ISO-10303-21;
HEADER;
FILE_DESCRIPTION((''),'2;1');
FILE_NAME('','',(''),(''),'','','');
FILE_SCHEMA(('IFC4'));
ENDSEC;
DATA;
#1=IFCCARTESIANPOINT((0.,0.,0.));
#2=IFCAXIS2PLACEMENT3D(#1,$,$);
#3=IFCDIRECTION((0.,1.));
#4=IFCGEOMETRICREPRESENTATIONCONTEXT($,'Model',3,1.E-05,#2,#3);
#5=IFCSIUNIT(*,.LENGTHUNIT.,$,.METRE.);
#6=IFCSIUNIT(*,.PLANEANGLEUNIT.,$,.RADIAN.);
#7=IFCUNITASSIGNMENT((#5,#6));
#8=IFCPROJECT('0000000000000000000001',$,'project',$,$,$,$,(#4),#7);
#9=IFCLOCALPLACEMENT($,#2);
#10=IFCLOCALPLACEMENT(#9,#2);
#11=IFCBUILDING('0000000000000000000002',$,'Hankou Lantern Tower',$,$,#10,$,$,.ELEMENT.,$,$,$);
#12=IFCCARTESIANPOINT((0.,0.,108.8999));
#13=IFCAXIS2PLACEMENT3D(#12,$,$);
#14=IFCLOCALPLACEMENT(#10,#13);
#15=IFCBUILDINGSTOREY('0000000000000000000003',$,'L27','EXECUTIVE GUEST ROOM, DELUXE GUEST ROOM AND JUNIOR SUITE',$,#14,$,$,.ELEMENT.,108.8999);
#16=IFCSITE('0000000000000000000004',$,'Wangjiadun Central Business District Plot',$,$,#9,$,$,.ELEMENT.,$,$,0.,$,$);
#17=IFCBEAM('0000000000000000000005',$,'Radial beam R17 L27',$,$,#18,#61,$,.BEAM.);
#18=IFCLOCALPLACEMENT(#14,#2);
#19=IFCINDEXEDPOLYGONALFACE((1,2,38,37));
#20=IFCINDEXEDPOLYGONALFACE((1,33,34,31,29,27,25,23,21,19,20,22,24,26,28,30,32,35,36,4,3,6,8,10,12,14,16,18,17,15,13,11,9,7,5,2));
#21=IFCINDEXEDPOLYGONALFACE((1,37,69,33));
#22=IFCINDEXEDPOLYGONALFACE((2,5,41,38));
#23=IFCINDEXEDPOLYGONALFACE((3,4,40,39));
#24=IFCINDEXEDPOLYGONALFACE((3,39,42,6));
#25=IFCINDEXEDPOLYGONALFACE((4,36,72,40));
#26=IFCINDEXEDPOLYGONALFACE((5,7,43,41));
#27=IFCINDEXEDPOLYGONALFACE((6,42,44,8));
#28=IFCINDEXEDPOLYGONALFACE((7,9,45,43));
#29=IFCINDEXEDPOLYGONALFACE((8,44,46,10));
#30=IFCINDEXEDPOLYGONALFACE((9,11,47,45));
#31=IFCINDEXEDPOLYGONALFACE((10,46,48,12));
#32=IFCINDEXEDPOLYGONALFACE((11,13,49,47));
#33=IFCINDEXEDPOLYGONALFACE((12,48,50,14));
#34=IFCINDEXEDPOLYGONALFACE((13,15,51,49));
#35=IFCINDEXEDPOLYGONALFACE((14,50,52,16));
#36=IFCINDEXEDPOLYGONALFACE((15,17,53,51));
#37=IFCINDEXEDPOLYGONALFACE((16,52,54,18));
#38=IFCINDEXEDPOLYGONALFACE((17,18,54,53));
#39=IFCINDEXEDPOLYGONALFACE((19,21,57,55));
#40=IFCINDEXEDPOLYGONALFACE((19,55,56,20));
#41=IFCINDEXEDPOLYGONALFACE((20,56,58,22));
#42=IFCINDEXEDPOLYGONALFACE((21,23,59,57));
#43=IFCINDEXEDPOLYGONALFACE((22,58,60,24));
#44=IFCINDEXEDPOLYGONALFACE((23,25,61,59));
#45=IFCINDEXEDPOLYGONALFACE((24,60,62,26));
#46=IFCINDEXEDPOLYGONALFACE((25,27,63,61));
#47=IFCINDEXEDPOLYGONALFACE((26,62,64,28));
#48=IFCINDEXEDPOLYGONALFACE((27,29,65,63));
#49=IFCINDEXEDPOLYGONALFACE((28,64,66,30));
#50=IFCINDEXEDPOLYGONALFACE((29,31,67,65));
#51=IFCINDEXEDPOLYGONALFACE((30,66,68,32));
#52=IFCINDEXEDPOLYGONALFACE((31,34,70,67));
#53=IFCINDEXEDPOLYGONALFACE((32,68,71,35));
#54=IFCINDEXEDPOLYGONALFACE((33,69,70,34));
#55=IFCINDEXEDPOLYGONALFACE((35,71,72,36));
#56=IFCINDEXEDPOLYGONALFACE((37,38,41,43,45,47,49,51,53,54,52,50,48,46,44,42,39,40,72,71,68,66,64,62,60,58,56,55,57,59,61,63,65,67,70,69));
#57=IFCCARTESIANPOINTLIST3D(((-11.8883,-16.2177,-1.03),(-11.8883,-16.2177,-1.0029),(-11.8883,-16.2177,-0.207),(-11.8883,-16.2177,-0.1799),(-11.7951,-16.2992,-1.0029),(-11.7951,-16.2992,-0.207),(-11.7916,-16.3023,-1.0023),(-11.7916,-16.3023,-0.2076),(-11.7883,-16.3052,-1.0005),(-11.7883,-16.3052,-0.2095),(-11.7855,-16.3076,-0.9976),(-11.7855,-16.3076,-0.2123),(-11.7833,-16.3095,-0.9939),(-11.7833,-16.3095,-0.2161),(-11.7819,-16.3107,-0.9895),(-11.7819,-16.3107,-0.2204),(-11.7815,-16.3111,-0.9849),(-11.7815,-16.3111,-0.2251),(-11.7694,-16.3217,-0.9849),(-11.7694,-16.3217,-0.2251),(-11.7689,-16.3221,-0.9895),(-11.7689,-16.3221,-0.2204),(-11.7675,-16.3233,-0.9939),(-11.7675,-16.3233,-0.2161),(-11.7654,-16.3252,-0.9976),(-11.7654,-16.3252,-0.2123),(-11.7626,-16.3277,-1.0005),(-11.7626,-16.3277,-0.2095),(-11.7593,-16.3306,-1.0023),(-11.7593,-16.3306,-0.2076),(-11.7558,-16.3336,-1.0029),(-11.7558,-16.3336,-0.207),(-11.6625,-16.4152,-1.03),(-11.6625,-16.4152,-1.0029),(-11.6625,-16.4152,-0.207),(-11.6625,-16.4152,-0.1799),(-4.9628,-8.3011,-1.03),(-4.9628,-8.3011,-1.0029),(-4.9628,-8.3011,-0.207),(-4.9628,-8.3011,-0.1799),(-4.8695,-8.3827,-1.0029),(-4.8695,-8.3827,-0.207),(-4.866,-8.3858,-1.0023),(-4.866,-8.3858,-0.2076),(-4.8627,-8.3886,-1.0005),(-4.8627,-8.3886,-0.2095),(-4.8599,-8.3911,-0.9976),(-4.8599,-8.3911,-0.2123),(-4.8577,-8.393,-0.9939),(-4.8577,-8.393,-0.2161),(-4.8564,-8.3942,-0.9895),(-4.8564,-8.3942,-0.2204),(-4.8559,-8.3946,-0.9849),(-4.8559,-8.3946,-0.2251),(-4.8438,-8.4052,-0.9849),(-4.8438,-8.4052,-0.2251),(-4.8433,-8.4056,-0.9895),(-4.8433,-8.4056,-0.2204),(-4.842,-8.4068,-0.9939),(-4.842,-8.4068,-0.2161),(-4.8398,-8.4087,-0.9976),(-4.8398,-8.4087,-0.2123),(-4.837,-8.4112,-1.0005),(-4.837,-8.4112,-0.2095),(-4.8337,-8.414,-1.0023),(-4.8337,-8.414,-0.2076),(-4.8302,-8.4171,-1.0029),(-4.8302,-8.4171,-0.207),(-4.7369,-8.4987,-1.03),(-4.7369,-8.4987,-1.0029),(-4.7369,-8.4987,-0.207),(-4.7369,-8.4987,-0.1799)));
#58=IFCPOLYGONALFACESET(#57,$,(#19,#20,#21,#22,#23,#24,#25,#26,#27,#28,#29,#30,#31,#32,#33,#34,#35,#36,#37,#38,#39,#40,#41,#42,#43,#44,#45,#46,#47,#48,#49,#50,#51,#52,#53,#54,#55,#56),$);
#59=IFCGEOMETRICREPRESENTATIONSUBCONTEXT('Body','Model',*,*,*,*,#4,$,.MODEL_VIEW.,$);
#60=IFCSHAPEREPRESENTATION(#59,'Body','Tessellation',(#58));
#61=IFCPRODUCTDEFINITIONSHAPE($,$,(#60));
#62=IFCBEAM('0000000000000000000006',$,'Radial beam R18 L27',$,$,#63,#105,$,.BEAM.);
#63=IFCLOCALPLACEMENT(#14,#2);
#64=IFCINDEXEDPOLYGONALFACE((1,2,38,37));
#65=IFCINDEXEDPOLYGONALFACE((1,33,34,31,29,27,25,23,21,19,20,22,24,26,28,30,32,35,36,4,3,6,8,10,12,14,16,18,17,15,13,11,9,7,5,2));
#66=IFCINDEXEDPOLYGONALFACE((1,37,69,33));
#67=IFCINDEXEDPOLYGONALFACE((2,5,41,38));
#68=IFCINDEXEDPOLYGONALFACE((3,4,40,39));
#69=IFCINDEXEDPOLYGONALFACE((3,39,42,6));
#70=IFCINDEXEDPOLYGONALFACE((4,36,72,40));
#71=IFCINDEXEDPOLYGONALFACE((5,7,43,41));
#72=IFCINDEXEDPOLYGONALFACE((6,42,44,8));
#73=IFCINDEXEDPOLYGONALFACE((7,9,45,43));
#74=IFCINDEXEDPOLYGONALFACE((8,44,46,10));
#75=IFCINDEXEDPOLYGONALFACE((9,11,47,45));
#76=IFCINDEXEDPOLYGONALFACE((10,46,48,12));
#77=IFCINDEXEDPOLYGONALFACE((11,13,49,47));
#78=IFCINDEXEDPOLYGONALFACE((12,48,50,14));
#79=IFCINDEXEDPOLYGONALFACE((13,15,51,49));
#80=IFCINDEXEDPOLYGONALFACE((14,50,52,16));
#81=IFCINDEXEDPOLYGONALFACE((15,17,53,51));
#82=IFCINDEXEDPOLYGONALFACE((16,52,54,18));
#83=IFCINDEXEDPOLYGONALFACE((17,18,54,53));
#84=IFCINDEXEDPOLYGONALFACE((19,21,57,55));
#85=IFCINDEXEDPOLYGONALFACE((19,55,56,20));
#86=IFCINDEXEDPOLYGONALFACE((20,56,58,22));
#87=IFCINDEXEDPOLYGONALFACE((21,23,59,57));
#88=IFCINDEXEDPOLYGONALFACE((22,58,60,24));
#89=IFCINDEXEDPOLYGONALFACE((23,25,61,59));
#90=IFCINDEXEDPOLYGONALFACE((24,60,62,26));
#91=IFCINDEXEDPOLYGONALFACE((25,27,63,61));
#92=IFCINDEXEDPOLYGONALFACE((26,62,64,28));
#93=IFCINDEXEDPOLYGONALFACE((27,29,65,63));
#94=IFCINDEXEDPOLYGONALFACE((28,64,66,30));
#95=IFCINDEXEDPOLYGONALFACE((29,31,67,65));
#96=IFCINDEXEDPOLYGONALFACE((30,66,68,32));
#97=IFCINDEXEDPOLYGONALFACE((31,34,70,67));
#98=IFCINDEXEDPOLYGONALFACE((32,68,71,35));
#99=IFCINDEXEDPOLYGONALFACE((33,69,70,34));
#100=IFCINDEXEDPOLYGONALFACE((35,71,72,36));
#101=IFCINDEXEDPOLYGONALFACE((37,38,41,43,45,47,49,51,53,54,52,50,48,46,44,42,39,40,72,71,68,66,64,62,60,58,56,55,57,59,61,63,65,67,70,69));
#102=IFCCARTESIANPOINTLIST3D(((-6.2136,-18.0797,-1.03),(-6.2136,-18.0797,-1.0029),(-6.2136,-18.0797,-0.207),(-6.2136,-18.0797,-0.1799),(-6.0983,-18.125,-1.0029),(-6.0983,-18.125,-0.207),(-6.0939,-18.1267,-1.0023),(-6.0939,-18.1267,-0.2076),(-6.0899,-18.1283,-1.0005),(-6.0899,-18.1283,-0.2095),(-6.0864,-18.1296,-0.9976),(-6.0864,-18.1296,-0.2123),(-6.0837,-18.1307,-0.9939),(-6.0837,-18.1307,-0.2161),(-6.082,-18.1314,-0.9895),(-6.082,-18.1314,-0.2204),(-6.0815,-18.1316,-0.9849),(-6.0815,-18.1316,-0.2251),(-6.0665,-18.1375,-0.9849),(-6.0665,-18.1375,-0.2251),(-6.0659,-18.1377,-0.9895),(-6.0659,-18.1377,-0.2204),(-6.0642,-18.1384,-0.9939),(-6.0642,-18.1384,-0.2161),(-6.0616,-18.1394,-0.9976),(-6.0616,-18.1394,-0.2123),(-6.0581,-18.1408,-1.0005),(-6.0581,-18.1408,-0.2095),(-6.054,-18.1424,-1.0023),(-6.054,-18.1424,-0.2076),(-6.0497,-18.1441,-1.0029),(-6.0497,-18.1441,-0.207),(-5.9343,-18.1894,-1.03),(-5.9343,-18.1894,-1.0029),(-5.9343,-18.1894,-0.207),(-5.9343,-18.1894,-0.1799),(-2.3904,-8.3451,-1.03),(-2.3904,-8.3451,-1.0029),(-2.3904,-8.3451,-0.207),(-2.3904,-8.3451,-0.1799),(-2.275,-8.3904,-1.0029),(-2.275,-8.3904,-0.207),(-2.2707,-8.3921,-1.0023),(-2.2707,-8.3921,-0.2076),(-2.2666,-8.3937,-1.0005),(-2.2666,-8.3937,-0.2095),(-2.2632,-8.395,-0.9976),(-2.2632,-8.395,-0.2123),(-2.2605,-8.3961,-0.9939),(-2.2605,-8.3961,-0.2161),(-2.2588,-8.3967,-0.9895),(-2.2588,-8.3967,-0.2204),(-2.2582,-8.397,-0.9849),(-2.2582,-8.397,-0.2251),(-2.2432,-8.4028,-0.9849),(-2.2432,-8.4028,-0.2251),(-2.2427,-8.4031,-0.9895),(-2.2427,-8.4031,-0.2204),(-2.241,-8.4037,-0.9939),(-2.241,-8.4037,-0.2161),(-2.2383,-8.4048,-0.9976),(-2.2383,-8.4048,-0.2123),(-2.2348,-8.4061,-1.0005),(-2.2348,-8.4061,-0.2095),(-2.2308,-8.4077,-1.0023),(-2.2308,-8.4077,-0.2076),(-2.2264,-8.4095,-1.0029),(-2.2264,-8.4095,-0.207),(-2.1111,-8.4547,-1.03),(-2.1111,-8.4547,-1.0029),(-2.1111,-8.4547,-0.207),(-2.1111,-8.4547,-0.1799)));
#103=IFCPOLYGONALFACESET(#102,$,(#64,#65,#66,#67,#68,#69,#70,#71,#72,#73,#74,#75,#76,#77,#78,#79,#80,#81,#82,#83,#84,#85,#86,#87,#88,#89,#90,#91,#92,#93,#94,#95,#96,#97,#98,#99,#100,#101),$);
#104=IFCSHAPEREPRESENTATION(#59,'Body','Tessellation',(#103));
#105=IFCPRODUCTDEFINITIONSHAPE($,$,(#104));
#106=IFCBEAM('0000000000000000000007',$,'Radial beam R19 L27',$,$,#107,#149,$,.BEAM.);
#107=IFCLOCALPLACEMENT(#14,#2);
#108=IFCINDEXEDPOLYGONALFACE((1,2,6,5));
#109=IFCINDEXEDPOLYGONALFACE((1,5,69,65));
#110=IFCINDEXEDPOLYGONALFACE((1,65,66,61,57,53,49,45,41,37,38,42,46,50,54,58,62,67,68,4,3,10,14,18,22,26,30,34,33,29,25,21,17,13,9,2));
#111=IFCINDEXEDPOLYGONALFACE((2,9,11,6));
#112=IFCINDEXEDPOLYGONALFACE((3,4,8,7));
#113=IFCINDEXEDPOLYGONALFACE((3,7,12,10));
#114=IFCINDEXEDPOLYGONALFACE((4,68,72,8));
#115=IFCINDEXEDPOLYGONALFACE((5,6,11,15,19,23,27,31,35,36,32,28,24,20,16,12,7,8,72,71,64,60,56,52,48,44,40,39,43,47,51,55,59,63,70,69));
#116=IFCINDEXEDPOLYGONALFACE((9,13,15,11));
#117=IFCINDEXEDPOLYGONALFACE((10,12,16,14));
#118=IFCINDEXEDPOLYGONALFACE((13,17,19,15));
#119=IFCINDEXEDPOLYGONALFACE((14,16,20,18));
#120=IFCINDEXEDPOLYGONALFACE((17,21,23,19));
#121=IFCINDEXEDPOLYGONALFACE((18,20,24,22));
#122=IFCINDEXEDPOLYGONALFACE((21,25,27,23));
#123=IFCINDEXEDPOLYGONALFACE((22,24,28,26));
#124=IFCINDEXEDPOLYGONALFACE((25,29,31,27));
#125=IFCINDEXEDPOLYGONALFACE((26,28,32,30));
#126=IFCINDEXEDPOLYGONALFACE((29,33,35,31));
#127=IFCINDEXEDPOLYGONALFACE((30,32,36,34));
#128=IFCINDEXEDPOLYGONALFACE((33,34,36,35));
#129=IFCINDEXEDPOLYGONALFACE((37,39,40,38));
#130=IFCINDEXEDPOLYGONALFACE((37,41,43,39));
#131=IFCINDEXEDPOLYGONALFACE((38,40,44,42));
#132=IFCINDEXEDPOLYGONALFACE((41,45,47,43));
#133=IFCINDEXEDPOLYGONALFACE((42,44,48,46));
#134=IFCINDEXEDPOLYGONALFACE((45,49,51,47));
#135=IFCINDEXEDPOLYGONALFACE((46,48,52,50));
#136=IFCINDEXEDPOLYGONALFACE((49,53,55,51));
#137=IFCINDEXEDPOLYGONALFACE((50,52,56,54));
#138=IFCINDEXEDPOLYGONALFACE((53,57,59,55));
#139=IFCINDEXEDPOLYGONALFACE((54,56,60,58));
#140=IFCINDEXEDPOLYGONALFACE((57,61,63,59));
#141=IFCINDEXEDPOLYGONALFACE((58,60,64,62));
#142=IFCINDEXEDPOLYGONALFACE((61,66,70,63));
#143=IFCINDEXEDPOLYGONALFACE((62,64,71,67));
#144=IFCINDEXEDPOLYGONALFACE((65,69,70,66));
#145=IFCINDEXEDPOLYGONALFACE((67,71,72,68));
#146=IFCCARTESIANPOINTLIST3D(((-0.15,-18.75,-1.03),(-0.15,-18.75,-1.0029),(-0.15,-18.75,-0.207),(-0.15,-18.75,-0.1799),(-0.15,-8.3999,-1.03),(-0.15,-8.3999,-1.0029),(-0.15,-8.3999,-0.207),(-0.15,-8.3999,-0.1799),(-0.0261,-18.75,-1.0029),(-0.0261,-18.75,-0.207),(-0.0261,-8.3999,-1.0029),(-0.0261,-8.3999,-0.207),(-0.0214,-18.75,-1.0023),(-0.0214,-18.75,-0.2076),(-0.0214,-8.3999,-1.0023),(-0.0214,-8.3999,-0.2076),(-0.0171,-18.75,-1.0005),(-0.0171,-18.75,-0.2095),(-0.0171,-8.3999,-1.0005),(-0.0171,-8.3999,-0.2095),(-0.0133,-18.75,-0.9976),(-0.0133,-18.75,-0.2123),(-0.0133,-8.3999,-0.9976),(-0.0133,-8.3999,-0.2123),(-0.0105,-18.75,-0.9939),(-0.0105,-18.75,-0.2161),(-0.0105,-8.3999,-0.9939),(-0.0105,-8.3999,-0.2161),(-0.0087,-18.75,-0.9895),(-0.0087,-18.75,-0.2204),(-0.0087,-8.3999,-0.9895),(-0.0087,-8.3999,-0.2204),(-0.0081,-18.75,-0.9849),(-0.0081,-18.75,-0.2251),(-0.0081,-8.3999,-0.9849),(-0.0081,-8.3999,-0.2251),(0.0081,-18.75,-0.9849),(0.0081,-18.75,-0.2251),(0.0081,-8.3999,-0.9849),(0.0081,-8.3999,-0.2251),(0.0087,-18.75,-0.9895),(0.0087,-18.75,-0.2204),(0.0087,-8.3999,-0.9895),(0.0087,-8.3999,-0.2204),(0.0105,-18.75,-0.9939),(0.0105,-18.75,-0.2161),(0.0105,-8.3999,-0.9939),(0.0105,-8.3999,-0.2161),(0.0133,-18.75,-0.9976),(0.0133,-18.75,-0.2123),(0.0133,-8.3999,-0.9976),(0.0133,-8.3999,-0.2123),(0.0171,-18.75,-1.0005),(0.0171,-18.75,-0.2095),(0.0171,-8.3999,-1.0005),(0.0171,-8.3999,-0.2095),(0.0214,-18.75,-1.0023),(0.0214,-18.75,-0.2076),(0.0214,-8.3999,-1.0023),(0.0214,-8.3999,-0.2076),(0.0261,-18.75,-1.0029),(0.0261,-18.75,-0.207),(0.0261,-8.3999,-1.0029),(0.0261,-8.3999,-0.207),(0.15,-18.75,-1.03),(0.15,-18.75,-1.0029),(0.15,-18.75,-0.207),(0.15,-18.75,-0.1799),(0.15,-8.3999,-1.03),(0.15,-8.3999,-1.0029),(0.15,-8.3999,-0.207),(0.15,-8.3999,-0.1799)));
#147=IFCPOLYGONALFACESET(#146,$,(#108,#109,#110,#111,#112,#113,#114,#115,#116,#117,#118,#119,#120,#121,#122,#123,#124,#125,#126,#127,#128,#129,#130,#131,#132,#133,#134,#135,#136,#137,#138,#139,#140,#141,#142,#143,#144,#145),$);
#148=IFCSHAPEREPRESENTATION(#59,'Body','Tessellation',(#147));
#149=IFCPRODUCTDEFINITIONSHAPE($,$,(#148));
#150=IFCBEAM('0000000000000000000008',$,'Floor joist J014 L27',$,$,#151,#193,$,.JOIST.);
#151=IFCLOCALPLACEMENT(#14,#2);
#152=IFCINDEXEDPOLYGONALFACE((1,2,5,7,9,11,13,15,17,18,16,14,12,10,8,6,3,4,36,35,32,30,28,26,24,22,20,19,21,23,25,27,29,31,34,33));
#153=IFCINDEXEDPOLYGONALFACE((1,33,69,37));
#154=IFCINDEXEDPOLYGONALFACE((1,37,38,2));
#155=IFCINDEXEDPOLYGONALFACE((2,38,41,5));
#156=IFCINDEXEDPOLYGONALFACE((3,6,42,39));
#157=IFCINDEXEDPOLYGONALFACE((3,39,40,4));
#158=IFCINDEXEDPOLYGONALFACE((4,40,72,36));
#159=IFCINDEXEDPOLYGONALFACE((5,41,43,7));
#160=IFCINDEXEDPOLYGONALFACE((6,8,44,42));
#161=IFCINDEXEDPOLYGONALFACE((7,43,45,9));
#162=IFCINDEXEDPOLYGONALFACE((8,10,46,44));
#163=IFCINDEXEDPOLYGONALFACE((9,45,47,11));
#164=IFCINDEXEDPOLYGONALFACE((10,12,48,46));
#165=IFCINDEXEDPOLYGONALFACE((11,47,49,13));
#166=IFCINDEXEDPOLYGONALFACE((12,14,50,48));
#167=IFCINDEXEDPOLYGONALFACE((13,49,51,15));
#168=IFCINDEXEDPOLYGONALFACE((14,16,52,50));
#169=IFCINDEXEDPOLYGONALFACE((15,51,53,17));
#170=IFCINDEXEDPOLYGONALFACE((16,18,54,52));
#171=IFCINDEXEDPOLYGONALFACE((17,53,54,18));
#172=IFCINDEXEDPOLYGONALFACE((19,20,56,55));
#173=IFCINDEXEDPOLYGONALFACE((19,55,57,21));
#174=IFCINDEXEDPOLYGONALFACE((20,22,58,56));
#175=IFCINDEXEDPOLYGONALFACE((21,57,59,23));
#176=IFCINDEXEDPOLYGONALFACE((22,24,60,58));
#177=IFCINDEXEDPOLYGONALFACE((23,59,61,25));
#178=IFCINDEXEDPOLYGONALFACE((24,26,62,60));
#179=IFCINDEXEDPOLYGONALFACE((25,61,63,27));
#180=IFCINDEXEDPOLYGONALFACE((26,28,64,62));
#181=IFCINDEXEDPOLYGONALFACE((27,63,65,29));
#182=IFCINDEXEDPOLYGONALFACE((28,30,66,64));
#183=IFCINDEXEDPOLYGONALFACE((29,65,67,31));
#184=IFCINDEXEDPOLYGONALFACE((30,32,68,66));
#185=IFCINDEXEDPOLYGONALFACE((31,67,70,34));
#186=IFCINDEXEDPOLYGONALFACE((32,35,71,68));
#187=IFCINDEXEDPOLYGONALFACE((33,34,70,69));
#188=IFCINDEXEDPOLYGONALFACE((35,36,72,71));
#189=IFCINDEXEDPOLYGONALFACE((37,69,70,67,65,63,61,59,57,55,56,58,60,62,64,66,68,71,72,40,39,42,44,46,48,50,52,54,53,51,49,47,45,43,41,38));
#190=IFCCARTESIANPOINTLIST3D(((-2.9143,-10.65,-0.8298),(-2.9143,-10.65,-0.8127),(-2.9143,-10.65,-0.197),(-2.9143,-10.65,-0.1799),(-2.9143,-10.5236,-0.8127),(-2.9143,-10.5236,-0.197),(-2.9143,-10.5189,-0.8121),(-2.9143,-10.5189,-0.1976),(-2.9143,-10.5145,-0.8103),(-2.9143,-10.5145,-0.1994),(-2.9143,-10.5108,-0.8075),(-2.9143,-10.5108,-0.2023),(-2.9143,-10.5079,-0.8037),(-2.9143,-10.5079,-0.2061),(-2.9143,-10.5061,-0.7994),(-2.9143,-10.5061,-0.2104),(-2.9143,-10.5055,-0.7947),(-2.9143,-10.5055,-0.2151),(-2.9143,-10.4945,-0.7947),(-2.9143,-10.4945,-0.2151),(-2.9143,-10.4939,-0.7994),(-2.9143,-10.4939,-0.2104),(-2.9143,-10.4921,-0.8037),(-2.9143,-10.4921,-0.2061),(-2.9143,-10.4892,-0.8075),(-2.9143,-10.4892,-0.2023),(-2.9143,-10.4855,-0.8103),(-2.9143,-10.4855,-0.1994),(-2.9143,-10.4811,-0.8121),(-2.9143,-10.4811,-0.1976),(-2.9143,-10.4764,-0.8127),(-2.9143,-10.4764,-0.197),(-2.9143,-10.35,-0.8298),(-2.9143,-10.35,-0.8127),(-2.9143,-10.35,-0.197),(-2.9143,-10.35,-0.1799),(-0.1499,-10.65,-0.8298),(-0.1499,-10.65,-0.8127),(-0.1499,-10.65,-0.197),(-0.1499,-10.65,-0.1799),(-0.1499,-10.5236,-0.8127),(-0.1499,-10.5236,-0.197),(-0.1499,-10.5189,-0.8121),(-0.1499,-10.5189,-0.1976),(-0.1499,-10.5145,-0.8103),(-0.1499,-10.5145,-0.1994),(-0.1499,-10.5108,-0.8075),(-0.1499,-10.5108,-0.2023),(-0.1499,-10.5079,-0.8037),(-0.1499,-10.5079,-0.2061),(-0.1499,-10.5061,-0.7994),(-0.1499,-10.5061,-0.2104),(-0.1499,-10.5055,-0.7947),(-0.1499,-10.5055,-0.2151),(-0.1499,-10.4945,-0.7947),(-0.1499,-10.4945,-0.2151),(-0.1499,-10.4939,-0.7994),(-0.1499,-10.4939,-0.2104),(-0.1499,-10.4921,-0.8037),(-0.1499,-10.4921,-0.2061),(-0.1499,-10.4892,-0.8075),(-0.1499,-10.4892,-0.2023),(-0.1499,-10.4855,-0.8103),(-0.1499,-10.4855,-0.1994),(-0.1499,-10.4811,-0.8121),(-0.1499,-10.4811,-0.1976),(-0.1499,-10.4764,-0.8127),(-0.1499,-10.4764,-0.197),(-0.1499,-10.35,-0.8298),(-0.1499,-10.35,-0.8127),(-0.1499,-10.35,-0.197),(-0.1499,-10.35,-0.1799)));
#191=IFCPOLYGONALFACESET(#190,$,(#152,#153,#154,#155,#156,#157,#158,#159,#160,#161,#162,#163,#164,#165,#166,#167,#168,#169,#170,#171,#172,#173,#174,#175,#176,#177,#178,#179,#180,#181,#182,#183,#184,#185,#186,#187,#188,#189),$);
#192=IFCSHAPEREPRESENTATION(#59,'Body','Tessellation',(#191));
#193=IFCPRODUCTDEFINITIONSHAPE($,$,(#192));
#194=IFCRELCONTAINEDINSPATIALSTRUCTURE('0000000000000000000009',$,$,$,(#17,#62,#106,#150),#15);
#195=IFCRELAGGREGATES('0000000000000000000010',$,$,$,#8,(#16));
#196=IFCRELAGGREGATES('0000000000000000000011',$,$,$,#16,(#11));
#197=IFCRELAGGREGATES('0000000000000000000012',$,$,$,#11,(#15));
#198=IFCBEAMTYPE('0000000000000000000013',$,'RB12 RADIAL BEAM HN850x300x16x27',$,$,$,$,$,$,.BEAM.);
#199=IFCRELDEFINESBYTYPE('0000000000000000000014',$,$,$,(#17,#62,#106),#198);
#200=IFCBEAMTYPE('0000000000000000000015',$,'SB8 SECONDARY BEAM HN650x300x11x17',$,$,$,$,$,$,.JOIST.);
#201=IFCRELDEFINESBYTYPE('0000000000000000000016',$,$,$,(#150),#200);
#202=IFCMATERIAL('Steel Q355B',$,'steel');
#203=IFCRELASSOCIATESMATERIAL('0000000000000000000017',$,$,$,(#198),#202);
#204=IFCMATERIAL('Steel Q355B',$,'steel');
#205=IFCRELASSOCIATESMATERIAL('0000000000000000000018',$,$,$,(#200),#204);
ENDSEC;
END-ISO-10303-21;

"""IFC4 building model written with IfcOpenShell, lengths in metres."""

from ifc_helpers import new_model, si_unit, direction, frame, origin, origin_2d, place, context, subcontext, project, spatial, i_section, extrude, material, material_profile, profile_set, type_object, element, save


model = new_model("IFC4")

# Units and contexts
model_context = context("Model", 3, precision=1e-05, world=origin(), true_north=direction((0.0, 1.0)))
body_context = subcontext(model_context, "Body", "Model", "MODEL_VIEW")
ifc_project = project(units=[si_unit("LENGTHUNIT", "METRE"), si_unit("PLANEANGLEUNIT", "RADIAN")], contexts=[model_context])

# Site, building, storey
site_placement = place(None, origin())
site = spatial("IfcSite", under=ifc_project, at=site_placement, Name="Wangjiadun Central Business District Plot", CompositionType="ELEMENT", RefElevation=0.0)
building_placement = place(site_placement, origin())
building = spatial("IfcBuilding", under=site, at=building_placement, Name="Hankou Lantern Tower", CompositionType="ELEMENT")
storey_placement = place(building_placement, frame((0.0, 0.0, 108.8999)))
storey = spatial("IfcBuildingStorey", under=building, at=storey_placement, Name="L27", Description="EXECUTIVE GUEST ROOM, DELUXE GUEST ROOM AND JUNIOR SUITE", CompositionType="ELEMENT", Elevation=108.8999)

# Beams
ifc_material_1 = material(Name="Steel Q355B", Category="steel")
ifc_material_profile_1 = material_profile(ifc_material_1, i_section(OverallWidth=0.3, OverallDepth=0.8501, WebThickness=0.0161, FlangeThickness=0.0271, FilletRadius=0.0181, at=origin_2d()), Name="HN850x300x16x27")
ifc_profile_set_1 = profile_set([ifc_material_profile_1], Name="Steel Q355B")
beam_type_1 = type_object("IfcBeamType", Name="RB12 RADIAL BEAM HN850x300x16x27", PredefinedType="BEAM", material=ifc_profile_set_1)
beam_1_placement = place(storey_placement, frame((-4.8499, -8.3999, -0.605), z_axis=(-0.658429, -0.752643, 0.0), x_axis=(0.752643, -0.658429, 0.0)))
element("IfcBeam", 1, at=beam_1_placement, inside=storey, type_object=beam_type_1, Name="Radial beam R17 L27", PredefinedType="BEAM", context=body_context, shape_type="SweptSolid", body=[
    extrude(i_section(OverallWidth=0.3, OverallDepth=0.8501, WebThickness=0.0161, FlangeThickness=0.0271, FilletRadius=0.0181, at=origin_2d()), origin(), (0.0, 0.0, 1.0), 10.5183),
])
beam_2_placement = place(storey_placement, frame((-2.2507, -8.3999, -0.605), z_axis=(-0.365564, -0.930786, 0.0), x_axis=(0.930786, -0.365564, 0.0)))
element("IfcBeam", 2, at=beam_2_placement, inside=storey, type_object=beam_type_1, Name="Radial beam R18 L27", PredefinedType="BEAM", context=body_context, shape_type="SweptSolid", body=[
    extrude(i_section(OverallWidth=0.3, OverallDepth=0.8501, WebThickness=0.0161, FlangeThickness=0.0271, FilletRadius=0.0181, at=origin_2d()), origin(), (0.0, 0.0, 1.0), 10.4585),
])
beam_3_placement = place(storey_placement, frame((0.0, -8.3999, -0.605), z_axis=(0.0, -1.0, 0.0), x_axis=(1.0, 0.0, 0.0)))
element("IfcBeam", 3, at=beam_3_placement, inside=storey, type_object=beam_type_1, Name="Radial beam R19 L27", PredefinedType="BEAM", context=body_context, shape_type="SweptSolid", body=[
    extrude(i_section(OverallWidth=0.3, OverallDepth=0.8501, WebThickness=0.0161, FlangeThickness=0.0271, FilletRadius=0.0181, at=origin_2d()), origin(), (0.0, 0.0, 1.0), 10.3501),
])
ifc_material_2 = material(Name="Steel Q355B", Category="steel")
ifc_material_profile_2 = material_profile(ifc_material_2, i_section(OverallWidth=0.3, OverallDepth=0.6499, WebThickness=0.011, FlangeThickness=0.0171, FilletRadius=0.0181, at=origin_2d()), Name="HN650x300x11x17")
ifc_profile_set_2 = profile_set([ifc_material_profile_2], Name="Steel Q355B")
beam_type_2 = type_object("IfcBeamType", Name="SB8 SECONDARY BEAM HN650x300x11x17", PredefinedType="JOIST", material=ifc_profile_set_2)
beam_4_placement = place(storey_placement, frame((-2.9143, -10.5, -0.5049), z_axis=(1.0, 0.0, 0.0), x_axis=(0.0, 1.0, 0.0)))
element("IfcBeam", 4, at=beam_4_placement, inside=storey, type_object=beam_type_2, Name="Floor joist J014 L27", PredefinedType="JOIST", context=body_context, shape_type="SweptSolid", body=[
    extrude(i_section(OverallWidth=0.3, OverallDepth=0.6499, WebThickness=0.011, FlangeThickness=0.0171, FilletRadius=0.0181, at=origin_2d()), origin(), (0.0, 0.0, 1.0), 2.7644),
])

save(model, "model.ifc")
